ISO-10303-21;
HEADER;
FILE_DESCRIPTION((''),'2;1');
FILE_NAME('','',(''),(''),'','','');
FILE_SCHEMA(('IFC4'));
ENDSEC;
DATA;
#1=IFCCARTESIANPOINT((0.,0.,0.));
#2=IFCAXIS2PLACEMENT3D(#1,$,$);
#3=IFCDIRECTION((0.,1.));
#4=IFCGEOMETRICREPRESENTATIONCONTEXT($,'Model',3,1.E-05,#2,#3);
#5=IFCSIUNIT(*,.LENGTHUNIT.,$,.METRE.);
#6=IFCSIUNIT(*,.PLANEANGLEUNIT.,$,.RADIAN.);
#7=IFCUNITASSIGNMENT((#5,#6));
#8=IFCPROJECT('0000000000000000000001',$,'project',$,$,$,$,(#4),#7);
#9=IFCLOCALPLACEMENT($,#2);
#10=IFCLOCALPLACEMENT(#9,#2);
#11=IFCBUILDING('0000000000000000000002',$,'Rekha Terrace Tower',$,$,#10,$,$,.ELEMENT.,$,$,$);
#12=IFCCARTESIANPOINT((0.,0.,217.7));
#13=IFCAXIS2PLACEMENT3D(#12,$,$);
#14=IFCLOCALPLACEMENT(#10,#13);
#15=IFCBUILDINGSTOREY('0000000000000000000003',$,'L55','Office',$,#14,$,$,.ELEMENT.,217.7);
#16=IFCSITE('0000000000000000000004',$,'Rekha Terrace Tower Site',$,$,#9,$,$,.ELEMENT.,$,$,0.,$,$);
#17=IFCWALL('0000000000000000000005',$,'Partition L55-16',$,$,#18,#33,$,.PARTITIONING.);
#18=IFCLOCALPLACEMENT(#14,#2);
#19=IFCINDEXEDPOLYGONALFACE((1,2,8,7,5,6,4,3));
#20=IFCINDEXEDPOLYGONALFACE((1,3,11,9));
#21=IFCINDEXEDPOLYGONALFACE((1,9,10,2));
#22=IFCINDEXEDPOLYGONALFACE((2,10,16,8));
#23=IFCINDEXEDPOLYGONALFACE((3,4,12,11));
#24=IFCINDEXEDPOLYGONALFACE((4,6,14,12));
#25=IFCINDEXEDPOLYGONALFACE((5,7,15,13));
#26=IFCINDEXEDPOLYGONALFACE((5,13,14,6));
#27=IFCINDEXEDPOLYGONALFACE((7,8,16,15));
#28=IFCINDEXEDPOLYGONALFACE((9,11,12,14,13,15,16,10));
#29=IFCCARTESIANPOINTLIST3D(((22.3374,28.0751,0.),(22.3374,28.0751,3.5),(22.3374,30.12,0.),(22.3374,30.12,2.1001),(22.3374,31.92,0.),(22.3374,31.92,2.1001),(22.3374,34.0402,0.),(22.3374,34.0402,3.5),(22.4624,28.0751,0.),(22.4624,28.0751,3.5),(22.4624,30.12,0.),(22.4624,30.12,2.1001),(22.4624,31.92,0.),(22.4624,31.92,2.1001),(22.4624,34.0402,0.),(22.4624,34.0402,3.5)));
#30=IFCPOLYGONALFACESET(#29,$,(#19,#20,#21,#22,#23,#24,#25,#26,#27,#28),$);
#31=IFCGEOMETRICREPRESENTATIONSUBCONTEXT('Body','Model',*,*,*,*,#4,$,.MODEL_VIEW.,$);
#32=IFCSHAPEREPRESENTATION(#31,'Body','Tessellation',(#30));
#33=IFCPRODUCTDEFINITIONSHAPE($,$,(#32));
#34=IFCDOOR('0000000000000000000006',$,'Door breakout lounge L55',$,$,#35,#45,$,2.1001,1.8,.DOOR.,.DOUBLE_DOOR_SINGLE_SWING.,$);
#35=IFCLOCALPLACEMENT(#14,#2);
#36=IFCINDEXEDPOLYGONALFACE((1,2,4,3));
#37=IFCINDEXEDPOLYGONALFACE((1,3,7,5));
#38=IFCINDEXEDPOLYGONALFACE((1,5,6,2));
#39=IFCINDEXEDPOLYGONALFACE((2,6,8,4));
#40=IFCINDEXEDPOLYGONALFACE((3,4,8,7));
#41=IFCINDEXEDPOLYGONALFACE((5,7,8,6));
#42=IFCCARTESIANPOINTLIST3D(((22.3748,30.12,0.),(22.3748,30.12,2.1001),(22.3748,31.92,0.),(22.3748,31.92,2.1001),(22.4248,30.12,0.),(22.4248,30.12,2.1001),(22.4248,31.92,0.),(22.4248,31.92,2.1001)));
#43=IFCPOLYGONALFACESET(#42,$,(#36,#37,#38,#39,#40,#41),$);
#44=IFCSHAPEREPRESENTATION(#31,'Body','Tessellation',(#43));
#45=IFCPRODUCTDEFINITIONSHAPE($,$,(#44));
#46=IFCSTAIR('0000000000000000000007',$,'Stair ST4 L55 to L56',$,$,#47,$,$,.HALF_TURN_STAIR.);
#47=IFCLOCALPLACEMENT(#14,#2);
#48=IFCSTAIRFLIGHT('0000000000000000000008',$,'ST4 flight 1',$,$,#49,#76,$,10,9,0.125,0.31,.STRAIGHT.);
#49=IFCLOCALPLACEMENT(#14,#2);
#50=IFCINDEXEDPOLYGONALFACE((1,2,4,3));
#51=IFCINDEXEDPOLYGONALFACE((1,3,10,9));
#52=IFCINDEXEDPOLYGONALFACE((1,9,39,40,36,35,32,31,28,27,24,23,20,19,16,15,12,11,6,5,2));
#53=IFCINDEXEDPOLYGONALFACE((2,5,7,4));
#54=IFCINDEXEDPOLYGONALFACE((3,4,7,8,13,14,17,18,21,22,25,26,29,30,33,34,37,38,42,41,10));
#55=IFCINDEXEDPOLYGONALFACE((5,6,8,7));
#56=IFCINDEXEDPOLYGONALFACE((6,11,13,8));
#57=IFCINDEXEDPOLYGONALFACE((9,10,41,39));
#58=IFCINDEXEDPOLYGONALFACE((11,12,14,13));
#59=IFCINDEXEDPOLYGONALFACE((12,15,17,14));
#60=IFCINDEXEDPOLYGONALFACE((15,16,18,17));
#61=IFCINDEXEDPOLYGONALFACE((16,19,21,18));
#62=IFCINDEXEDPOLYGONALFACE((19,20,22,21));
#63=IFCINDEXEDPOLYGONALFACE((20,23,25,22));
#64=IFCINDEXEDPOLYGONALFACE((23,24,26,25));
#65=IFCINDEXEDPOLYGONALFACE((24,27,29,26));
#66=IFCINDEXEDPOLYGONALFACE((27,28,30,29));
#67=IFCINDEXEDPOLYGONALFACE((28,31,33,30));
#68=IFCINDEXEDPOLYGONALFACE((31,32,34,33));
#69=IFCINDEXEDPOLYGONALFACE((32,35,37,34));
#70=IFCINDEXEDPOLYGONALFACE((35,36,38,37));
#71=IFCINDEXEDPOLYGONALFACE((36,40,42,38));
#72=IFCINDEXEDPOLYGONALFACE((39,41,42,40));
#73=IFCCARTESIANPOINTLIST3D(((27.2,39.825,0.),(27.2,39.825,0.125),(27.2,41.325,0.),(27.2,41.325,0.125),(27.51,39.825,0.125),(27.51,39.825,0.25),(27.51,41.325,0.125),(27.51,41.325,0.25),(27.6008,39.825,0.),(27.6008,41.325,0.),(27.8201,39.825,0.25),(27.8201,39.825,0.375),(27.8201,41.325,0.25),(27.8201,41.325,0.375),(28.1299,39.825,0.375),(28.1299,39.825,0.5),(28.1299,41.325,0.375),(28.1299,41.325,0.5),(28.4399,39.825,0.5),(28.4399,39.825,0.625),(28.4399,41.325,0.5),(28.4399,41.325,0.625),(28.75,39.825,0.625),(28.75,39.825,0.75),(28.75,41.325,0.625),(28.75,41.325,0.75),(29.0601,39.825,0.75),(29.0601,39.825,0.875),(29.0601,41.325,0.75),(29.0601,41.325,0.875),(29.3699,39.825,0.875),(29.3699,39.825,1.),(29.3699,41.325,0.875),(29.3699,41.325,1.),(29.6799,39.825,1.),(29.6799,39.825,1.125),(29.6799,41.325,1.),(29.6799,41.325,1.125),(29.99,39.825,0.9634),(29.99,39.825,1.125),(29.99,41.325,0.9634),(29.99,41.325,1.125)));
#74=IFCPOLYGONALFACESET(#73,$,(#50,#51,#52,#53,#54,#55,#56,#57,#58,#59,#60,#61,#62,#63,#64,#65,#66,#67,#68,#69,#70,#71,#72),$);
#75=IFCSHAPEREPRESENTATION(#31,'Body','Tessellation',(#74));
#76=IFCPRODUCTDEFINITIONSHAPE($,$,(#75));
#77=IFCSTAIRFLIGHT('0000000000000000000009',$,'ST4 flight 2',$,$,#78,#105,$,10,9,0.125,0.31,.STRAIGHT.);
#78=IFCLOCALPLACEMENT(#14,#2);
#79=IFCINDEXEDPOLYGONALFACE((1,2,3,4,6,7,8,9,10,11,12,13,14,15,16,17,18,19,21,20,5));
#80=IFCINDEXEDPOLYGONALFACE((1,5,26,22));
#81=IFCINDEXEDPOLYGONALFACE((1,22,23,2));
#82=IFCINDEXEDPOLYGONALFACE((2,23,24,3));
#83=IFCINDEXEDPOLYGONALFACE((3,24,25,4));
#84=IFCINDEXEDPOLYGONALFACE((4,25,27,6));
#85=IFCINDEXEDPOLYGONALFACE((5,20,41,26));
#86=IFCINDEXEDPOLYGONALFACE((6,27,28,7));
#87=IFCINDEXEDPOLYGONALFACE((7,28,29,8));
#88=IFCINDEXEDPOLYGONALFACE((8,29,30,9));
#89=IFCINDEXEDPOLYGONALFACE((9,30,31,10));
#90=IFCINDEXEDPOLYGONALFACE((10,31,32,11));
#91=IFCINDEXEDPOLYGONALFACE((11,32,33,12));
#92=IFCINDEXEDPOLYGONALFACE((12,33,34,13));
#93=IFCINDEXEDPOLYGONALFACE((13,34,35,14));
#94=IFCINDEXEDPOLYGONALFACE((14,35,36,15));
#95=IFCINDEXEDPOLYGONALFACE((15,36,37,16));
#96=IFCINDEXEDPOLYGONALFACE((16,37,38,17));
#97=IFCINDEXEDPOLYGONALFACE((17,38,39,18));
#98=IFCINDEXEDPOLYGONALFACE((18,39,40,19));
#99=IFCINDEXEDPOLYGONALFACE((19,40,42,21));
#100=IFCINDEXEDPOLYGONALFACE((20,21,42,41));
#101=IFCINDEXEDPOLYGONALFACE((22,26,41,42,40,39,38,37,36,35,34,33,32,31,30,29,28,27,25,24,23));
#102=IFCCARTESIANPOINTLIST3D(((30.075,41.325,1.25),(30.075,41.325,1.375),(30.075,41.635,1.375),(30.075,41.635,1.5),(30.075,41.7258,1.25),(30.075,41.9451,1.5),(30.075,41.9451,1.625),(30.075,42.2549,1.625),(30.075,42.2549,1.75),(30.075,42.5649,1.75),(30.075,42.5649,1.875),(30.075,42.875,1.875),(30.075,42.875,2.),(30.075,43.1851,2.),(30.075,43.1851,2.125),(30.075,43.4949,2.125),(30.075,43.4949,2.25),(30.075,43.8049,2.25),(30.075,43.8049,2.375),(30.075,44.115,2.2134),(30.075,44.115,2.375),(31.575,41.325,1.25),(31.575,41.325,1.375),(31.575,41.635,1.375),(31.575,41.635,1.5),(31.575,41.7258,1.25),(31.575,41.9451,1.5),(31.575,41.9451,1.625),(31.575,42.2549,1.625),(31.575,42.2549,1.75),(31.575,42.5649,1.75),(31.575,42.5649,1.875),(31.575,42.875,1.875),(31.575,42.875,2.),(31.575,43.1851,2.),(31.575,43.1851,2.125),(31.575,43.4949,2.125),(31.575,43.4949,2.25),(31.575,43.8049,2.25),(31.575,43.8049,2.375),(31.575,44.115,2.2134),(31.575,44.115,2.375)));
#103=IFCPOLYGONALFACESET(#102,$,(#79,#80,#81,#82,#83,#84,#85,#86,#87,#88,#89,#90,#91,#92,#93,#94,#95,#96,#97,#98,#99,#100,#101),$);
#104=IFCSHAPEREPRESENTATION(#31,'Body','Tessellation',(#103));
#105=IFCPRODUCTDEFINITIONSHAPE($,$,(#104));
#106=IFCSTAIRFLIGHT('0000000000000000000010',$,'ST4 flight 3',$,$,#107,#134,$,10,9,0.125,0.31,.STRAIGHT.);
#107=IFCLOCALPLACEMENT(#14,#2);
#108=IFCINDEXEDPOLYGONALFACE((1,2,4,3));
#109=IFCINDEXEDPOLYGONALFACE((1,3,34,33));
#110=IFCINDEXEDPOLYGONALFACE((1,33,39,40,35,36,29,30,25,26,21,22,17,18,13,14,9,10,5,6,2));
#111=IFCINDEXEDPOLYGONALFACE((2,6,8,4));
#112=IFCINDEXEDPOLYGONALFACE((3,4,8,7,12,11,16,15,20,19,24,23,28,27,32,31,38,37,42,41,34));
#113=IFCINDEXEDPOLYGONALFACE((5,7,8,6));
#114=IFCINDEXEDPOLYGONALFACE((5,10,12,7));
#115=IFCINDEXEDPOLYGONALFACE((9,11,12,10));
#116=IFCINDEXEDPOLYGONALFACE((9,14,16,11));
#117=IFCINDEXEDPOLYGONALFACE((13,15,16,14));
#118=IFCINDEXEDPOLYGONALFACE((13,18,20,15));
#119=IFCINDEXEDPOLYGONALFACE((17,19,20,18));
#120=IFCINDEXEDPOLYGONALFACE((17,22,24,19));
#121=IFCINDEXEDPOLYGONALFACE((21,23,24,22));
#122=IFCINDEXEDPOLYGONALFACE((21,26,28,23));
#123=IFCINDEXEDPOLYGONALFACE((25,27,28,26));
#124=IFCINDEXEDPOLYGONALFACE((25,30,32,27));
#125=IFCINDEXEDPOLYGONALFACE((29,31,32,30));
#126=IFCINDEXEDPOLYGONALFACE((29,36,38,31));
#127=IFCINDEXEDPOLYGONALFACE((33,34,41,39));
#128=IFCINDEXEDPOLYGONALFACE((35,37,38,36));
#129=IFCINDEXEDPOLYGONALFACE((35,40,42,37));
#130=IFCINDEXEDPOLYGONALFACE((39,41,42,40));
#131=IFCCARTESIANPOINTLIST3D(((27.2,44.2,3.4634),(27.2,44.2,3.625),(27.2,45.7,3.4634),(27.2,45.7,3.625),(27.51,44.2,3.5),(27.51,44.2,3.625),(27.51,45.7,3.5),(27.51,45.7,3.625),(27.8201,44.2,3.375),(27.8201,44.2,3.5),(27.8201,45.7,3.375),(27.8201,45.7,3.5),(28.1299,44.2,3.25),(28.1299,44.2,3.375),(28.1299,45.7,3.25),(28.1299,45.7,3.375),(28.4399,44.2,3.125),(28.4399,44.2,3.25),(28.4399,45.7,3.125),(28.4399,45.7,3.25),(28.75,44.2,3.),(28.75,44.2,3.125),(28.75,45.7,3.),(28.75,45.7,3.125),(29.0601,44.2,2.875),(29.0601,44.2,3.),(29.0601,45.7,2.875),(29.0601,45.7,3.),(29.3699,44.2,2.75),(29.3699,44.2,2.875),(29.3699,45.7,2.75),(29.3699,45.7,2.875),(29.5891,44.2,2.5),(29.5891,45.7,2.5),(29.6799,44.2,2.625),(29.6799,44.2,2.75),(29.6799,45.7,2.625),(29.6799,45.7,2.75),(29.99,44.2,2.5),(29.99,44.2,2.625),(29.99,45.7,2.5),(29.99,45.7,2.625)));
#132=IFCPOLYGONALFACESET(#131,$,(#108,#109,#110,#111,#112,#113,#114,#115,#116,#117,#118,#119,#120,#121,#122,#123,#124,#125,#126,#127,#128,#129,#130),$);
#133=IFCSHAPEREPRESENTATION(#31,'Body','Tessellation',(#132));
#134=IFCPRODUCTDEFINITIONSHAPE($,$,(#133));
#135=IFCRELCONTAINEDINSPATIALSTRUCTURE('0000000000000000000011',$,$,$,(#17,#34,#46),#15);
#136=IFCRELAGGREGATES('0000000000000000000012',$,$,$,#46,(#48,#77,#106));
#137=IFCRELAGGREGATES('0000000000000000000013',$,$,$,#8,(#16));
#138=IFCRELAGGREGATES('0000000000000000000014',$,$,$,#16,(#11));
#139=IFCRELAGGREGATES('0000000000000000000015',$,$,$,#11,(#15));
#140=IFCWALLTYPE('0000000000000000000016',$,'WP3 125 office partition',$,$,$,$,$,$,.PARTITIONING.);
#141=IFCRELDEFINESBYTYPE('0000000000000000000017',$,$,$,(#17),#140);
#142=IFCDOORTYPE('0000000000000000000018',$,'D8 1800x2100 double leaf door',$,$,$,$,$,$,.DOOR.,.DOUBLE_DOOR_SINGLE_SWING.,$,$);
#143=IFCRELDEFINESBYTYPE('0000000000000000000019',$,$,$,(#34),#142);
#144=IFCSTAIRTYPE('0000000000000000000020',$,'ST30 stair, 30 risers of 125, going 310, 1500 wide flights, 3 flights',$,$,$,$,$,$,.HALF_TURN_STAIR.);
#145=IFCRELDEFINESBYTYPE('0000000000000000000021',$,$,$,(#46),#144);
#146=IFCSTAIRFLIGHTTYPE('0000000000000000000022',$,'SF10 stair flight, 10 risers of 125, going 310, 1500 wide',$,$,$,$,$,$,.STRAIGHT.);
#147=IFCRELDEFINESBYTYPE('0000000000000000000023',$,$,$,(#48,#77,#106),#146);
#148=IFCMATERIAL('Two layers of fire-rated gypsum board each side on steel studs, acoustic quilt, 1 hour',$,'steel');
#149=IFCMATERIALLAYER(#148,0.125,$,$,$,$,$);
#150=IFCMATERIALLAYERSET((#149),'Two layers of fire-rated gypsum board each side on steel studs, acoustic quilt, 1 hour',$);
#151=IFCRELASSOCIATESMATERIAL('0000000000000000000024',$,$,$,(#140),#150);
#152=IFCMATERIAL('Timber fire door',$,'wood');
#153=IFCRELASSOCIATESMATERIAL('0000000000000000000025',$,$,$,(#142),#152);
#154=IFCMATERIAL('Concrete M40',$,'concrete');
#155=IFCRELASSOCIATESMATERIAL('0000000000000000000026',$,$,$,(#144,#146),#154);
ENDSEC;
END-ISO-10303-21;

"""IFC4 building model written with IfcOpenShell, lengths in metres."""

from ifc_helpers import new_model, si_unit, direction, frame, frame_2d, origin, place, context, subcontext, project, spatial, polyline, rectangle, outline, extrude, material, layer, layer_set, type_object, element, fill, aggregate, save


model = new_model("IFC4")

# Units and contexts
model_context = context("Model", 3, precision=1e-05, world=origin(), true_north=direction((0.0, 1.0)))
body_context = subcontext(model_context, "Body", "Model", "MODEL_VIEW")
ifc_project = project(units=[si_unit("LENGTHUNIT", "METRE"), si_unit("PLANEANGLEUNIT", "RADIAN")], contexts=[model_context])

# Site, building, storey
site_placement = place(None, origin())
site = spatial("IfcSite", under=ifc_project, at=site_placement, Name="Rekha Terrace Tower Site", CompositionType="ELEMENT", RefElevation=0.0)
building_placement = place(site_placement, origin())
building = spatial("IfcBuilding", under=site, at=building_placement, Name="Rekha Terrace Tower", CompositionType="ELEMENT")
storey_placement = place(building_placement, frame((0.0, 0.0, 217.7)))
storey = spatial("IfcBuildingStorey", under=building, at=storey_placement, Name="L55", Description="Office", CompositionType="ELEMENT", Elevation=217.7)

# Shared definitions
ifc_material_1 = material(Name="Two layers of fire-rated gypsum board each side on steel studs, acoustic quilt, 1 hour", Category="steel")
ifc_layer_1 = layer(ifc_material_1, 0.125)
ifc_layer_set_1 = layer_set([ifc_layer_1], Name="Two layers of fire-rated gypsum board each side on steel studs, acoustic quilt, 1 hour")
wall_type_1 = type_object("IfcWallType", Name="WP3 125 office partition", PredefinedType="PARTITIONING", material=ifc_layer_set_1)

# Wall, opening, door
ifc_material_2 = material(Name="Timber fire door", Category="wood")
wall_1_placement = place(storey_placement, frame((22.3999, 34.04, 0.0), z_axis=(0.0, 0.0, 1.0), x_axis=(0.0, -1.0, 0.0)))
wall_1 = element("IfcWall", 1, at=wall_1_placement, inside=storey, type_object=wall_type_1, Name="Partition L55-16", PredefinedType="PARTITIONING", context=body_context, shape_type="SweptSolid", body=[
    extrude(rectangle(XDim=5.9651, YDim=0.125, at=frame_2d((2.9824, 0.0))), origin(), (0.0, 0.0, 1.0), 3.5),
])
opening_1_placement = place(wall_1_placement, frame((2.1201, 0.0, 0.0)))
opening_1 = element("IfcOpeningElement", 2, at=opening_1_placement, cuts=wall_1, PredefinedType="OPENING", context=body_context, shape_type="SweptSolid", body=[
    extrude(rectangle(XDim=1.8, YDim=2.1001, at=frame_2d((0.8999, 1.05))), frame((0.0, 0.0725, 0.0), z_axis=(0.0, -1.0, 0.0), x_axis=(1.0, 0.0, 0.0)), (0.0, 0.0, 1.0), 0.145),
])
door_type_1 = type_object("IfcDoorType", Name="D8 1800x2100 double leaf door", OperationType="DOUBLE_DOOR_SINGLE_SWING", PredefinedType="DOOR", material=ifc_material_2)
door_1_placement = place(opening_1_placement, origin())
door_1 = element("IfcDoor", 3, at=door_1_placement, inside=storey, type_object=door_type_1, Name="Door breakout lounge L55", OperationType="DOUBLE_DOOR_SINGLE_SWING", OverallHeight=2.1001, OverallWidth=1.8, PredefinedType="DOOR", context=body_context, shape_type="SweptSolid", body=[
    extrude(rectangle(XDim=1.8, YDim=2.1001, at=frame_2d((0.8999, 1.05))), frame((0.0, 0.0249, 0.0), z_axis=(0.0, -1.0, 0.0), x_axis=(1.0, 0.0, 0.0)), (0.0, 0.0, 1.0), 0.05),
])
fill(opening_1, door_1)

# Stair, stair flights
ifc_material_3 = material(Name="Concrete M40", Category="concrete")
stair_type = type_object("IfcStairType", Name="ST30 stair, 30 risers of 125, going 310, 1500 wide flights, 3 flights", PredefinedType="HALF_TURN_STAIR", material=ifc_material_3)
stair_placement = place(storey_placement, origin())
stair = element("IfcStair", 4, at=stair_placement, inside=storey, type_object=stair_type, Name="Stair ST4 L55 to L56", PredefinedType="HALF_TURN_STAIR")
stair_flight_type = type_object("IfcStairFlightType", Name="SF10 stair flight, 10 risers of 125, going 310, 1500 wide", PredefinedType="STRAIGHT", material=ifc_material_3)
stair_flight_1_placement = place(storey_placement, frame((27.2, 40.575, 0.0), z_axis=(0.0, 0.0, 1.0), x_axis=(1.0, 0.0, 0.0)))
stair_flight_1 = element("IfcStairFlight", 5, at=stair_flight_1_placement, type_object=stair_flight_type, Name="ST4 flight 1", NumberOfRisers=10, NumberOfTreads=9, PredefinedType="STRAIGHT", RiserHeight=0.125, TreadLength=0.31, context=body_context, shape_type="SweptSolid", body=[
    extrude(outline(polyline([(0.0, 0.0), (0.0, 0.125), (0.3101, 0.125), (0.3101, 0.25), (0.6201, 0.25), (0.6201, 0.375), (0.9299, 0.375), (0.9299, 0.5), (1.24, 0.5), (1.24, 0.625), (1.55, 0.625), (1.55, 0.75), (1.8601, 0.75), (1.8601, 0.875), (2.1699, 0.875), (2.1699, 1.0), (2.48, 1.0), (2.48, 1.125), (2.79, 1.125), (2.79, 1.25), (2.79, 0.9634), (0.4009, 0.0), (0.0, 0.0)])), frame((0.0, 0.75, 0.0), z_axis=(0.0, -1.0, 0.0), x_axis=(1.0, 0.0, 0.0)), (0.0, 0.0, 1.0), 1.5),
])
stair_flight_2_placement = place(storey_placement, frame((30.825, 41.325, 1.25), z_axis=(0.0, 0.0, 1.0), x_axis=(0.0, 1.0, 0.0)))
stair_flight_2 = element("IfcStairFlight", 6, at=stair_flight_2_placement, type_object=stair_flight_type, Name="ST4 flight 2", NumberOfRisers=10, NumberOfTreads=9, PredefinedType="STRAIGHT", RiserHeight=0.125, TreadLength=0.31, context=body_context, shape_type="SweptSolid", body=[
    extrude(outline(polyline([(0.0, 0.0), (0.0, 0.125), (0.3101, 0.125), (0.3101, 0.25), (0.6201, 0.25), (0.6201, 0.375), (0.9299, 0.375), (0.9299, 0.5), (1.24, 0.5), (1.24, 0.625), (1.55, 0.625), (1.55, 0.75), (1.8601, 0.75), (1.8601, 0.875), (2.1699, 0.875), (2.1699, 1.0), (2.48, 1.0), (2.48, 1.125), (2.79, 1.125), (2.79, 1.25), (2.79, 0.9634), (0.4009, 0.0), (0.0, 0.0)])), frame((0.0, 0.75, 0.0), z_axis=(0.0, -1.0, 0.0), x_axis=(1.0, 0.0, 0.0)), (0.0, 0.0, 1.0), 1.5),
])
stair_flight_3_placement = place(storey_placement, frame((29.99, 44.95, 2.5), z_axis=(0.0, 0.0, 1.0), x_axis=(-1.0, 0.0, 0.0)))
stair_flight_3 = element("IfcStairFlight", 7, at=stair_flight_3_placement, type_object=stair_flight_type, Name="ST4 flight 3", NumberOfRisers=10, NumberOfTreads=9, PredefinedType="STRAIGHT", RiserHeight=0.125, TreadLength=0.31, context=body_context, shape_type="SweptSolid", body=[
    extrude(outline(polyline([(0.0, 0.0), (0.0, 0.125), (0.3101, 0.125), (0.3101, 0.25), (0.6201, 0.25), (0.6201, 0.375), (0.9299, 0.375), (0.9299, 0.5), (1.24, 0.5), (1.24, 0.625), (1.55, 0.625), (1.55, 0.75), (1.8601, 0.75), (1.8601, 0.875), (2.1699, 0.875), (2.1699, 1.0), (2.48, 1.0), (2.48, 1.125), (2.79, 1.125), (2.79, 1.25), (2.79, 0.9634), (0.4009, 0.0), (0.0, 0.0)])), frame((0.0, 0.75, 0.0), z_axis=(0.0, -1.0, 0.0), x_axis=(1.0, 0.0, 0.0)), (0.0, 0.0, 1.0), 1.5),
])
aggregate(stair, [stair_flight_1, stair_flight_2, stair_flight_3])

save(model, "model.ifc")
